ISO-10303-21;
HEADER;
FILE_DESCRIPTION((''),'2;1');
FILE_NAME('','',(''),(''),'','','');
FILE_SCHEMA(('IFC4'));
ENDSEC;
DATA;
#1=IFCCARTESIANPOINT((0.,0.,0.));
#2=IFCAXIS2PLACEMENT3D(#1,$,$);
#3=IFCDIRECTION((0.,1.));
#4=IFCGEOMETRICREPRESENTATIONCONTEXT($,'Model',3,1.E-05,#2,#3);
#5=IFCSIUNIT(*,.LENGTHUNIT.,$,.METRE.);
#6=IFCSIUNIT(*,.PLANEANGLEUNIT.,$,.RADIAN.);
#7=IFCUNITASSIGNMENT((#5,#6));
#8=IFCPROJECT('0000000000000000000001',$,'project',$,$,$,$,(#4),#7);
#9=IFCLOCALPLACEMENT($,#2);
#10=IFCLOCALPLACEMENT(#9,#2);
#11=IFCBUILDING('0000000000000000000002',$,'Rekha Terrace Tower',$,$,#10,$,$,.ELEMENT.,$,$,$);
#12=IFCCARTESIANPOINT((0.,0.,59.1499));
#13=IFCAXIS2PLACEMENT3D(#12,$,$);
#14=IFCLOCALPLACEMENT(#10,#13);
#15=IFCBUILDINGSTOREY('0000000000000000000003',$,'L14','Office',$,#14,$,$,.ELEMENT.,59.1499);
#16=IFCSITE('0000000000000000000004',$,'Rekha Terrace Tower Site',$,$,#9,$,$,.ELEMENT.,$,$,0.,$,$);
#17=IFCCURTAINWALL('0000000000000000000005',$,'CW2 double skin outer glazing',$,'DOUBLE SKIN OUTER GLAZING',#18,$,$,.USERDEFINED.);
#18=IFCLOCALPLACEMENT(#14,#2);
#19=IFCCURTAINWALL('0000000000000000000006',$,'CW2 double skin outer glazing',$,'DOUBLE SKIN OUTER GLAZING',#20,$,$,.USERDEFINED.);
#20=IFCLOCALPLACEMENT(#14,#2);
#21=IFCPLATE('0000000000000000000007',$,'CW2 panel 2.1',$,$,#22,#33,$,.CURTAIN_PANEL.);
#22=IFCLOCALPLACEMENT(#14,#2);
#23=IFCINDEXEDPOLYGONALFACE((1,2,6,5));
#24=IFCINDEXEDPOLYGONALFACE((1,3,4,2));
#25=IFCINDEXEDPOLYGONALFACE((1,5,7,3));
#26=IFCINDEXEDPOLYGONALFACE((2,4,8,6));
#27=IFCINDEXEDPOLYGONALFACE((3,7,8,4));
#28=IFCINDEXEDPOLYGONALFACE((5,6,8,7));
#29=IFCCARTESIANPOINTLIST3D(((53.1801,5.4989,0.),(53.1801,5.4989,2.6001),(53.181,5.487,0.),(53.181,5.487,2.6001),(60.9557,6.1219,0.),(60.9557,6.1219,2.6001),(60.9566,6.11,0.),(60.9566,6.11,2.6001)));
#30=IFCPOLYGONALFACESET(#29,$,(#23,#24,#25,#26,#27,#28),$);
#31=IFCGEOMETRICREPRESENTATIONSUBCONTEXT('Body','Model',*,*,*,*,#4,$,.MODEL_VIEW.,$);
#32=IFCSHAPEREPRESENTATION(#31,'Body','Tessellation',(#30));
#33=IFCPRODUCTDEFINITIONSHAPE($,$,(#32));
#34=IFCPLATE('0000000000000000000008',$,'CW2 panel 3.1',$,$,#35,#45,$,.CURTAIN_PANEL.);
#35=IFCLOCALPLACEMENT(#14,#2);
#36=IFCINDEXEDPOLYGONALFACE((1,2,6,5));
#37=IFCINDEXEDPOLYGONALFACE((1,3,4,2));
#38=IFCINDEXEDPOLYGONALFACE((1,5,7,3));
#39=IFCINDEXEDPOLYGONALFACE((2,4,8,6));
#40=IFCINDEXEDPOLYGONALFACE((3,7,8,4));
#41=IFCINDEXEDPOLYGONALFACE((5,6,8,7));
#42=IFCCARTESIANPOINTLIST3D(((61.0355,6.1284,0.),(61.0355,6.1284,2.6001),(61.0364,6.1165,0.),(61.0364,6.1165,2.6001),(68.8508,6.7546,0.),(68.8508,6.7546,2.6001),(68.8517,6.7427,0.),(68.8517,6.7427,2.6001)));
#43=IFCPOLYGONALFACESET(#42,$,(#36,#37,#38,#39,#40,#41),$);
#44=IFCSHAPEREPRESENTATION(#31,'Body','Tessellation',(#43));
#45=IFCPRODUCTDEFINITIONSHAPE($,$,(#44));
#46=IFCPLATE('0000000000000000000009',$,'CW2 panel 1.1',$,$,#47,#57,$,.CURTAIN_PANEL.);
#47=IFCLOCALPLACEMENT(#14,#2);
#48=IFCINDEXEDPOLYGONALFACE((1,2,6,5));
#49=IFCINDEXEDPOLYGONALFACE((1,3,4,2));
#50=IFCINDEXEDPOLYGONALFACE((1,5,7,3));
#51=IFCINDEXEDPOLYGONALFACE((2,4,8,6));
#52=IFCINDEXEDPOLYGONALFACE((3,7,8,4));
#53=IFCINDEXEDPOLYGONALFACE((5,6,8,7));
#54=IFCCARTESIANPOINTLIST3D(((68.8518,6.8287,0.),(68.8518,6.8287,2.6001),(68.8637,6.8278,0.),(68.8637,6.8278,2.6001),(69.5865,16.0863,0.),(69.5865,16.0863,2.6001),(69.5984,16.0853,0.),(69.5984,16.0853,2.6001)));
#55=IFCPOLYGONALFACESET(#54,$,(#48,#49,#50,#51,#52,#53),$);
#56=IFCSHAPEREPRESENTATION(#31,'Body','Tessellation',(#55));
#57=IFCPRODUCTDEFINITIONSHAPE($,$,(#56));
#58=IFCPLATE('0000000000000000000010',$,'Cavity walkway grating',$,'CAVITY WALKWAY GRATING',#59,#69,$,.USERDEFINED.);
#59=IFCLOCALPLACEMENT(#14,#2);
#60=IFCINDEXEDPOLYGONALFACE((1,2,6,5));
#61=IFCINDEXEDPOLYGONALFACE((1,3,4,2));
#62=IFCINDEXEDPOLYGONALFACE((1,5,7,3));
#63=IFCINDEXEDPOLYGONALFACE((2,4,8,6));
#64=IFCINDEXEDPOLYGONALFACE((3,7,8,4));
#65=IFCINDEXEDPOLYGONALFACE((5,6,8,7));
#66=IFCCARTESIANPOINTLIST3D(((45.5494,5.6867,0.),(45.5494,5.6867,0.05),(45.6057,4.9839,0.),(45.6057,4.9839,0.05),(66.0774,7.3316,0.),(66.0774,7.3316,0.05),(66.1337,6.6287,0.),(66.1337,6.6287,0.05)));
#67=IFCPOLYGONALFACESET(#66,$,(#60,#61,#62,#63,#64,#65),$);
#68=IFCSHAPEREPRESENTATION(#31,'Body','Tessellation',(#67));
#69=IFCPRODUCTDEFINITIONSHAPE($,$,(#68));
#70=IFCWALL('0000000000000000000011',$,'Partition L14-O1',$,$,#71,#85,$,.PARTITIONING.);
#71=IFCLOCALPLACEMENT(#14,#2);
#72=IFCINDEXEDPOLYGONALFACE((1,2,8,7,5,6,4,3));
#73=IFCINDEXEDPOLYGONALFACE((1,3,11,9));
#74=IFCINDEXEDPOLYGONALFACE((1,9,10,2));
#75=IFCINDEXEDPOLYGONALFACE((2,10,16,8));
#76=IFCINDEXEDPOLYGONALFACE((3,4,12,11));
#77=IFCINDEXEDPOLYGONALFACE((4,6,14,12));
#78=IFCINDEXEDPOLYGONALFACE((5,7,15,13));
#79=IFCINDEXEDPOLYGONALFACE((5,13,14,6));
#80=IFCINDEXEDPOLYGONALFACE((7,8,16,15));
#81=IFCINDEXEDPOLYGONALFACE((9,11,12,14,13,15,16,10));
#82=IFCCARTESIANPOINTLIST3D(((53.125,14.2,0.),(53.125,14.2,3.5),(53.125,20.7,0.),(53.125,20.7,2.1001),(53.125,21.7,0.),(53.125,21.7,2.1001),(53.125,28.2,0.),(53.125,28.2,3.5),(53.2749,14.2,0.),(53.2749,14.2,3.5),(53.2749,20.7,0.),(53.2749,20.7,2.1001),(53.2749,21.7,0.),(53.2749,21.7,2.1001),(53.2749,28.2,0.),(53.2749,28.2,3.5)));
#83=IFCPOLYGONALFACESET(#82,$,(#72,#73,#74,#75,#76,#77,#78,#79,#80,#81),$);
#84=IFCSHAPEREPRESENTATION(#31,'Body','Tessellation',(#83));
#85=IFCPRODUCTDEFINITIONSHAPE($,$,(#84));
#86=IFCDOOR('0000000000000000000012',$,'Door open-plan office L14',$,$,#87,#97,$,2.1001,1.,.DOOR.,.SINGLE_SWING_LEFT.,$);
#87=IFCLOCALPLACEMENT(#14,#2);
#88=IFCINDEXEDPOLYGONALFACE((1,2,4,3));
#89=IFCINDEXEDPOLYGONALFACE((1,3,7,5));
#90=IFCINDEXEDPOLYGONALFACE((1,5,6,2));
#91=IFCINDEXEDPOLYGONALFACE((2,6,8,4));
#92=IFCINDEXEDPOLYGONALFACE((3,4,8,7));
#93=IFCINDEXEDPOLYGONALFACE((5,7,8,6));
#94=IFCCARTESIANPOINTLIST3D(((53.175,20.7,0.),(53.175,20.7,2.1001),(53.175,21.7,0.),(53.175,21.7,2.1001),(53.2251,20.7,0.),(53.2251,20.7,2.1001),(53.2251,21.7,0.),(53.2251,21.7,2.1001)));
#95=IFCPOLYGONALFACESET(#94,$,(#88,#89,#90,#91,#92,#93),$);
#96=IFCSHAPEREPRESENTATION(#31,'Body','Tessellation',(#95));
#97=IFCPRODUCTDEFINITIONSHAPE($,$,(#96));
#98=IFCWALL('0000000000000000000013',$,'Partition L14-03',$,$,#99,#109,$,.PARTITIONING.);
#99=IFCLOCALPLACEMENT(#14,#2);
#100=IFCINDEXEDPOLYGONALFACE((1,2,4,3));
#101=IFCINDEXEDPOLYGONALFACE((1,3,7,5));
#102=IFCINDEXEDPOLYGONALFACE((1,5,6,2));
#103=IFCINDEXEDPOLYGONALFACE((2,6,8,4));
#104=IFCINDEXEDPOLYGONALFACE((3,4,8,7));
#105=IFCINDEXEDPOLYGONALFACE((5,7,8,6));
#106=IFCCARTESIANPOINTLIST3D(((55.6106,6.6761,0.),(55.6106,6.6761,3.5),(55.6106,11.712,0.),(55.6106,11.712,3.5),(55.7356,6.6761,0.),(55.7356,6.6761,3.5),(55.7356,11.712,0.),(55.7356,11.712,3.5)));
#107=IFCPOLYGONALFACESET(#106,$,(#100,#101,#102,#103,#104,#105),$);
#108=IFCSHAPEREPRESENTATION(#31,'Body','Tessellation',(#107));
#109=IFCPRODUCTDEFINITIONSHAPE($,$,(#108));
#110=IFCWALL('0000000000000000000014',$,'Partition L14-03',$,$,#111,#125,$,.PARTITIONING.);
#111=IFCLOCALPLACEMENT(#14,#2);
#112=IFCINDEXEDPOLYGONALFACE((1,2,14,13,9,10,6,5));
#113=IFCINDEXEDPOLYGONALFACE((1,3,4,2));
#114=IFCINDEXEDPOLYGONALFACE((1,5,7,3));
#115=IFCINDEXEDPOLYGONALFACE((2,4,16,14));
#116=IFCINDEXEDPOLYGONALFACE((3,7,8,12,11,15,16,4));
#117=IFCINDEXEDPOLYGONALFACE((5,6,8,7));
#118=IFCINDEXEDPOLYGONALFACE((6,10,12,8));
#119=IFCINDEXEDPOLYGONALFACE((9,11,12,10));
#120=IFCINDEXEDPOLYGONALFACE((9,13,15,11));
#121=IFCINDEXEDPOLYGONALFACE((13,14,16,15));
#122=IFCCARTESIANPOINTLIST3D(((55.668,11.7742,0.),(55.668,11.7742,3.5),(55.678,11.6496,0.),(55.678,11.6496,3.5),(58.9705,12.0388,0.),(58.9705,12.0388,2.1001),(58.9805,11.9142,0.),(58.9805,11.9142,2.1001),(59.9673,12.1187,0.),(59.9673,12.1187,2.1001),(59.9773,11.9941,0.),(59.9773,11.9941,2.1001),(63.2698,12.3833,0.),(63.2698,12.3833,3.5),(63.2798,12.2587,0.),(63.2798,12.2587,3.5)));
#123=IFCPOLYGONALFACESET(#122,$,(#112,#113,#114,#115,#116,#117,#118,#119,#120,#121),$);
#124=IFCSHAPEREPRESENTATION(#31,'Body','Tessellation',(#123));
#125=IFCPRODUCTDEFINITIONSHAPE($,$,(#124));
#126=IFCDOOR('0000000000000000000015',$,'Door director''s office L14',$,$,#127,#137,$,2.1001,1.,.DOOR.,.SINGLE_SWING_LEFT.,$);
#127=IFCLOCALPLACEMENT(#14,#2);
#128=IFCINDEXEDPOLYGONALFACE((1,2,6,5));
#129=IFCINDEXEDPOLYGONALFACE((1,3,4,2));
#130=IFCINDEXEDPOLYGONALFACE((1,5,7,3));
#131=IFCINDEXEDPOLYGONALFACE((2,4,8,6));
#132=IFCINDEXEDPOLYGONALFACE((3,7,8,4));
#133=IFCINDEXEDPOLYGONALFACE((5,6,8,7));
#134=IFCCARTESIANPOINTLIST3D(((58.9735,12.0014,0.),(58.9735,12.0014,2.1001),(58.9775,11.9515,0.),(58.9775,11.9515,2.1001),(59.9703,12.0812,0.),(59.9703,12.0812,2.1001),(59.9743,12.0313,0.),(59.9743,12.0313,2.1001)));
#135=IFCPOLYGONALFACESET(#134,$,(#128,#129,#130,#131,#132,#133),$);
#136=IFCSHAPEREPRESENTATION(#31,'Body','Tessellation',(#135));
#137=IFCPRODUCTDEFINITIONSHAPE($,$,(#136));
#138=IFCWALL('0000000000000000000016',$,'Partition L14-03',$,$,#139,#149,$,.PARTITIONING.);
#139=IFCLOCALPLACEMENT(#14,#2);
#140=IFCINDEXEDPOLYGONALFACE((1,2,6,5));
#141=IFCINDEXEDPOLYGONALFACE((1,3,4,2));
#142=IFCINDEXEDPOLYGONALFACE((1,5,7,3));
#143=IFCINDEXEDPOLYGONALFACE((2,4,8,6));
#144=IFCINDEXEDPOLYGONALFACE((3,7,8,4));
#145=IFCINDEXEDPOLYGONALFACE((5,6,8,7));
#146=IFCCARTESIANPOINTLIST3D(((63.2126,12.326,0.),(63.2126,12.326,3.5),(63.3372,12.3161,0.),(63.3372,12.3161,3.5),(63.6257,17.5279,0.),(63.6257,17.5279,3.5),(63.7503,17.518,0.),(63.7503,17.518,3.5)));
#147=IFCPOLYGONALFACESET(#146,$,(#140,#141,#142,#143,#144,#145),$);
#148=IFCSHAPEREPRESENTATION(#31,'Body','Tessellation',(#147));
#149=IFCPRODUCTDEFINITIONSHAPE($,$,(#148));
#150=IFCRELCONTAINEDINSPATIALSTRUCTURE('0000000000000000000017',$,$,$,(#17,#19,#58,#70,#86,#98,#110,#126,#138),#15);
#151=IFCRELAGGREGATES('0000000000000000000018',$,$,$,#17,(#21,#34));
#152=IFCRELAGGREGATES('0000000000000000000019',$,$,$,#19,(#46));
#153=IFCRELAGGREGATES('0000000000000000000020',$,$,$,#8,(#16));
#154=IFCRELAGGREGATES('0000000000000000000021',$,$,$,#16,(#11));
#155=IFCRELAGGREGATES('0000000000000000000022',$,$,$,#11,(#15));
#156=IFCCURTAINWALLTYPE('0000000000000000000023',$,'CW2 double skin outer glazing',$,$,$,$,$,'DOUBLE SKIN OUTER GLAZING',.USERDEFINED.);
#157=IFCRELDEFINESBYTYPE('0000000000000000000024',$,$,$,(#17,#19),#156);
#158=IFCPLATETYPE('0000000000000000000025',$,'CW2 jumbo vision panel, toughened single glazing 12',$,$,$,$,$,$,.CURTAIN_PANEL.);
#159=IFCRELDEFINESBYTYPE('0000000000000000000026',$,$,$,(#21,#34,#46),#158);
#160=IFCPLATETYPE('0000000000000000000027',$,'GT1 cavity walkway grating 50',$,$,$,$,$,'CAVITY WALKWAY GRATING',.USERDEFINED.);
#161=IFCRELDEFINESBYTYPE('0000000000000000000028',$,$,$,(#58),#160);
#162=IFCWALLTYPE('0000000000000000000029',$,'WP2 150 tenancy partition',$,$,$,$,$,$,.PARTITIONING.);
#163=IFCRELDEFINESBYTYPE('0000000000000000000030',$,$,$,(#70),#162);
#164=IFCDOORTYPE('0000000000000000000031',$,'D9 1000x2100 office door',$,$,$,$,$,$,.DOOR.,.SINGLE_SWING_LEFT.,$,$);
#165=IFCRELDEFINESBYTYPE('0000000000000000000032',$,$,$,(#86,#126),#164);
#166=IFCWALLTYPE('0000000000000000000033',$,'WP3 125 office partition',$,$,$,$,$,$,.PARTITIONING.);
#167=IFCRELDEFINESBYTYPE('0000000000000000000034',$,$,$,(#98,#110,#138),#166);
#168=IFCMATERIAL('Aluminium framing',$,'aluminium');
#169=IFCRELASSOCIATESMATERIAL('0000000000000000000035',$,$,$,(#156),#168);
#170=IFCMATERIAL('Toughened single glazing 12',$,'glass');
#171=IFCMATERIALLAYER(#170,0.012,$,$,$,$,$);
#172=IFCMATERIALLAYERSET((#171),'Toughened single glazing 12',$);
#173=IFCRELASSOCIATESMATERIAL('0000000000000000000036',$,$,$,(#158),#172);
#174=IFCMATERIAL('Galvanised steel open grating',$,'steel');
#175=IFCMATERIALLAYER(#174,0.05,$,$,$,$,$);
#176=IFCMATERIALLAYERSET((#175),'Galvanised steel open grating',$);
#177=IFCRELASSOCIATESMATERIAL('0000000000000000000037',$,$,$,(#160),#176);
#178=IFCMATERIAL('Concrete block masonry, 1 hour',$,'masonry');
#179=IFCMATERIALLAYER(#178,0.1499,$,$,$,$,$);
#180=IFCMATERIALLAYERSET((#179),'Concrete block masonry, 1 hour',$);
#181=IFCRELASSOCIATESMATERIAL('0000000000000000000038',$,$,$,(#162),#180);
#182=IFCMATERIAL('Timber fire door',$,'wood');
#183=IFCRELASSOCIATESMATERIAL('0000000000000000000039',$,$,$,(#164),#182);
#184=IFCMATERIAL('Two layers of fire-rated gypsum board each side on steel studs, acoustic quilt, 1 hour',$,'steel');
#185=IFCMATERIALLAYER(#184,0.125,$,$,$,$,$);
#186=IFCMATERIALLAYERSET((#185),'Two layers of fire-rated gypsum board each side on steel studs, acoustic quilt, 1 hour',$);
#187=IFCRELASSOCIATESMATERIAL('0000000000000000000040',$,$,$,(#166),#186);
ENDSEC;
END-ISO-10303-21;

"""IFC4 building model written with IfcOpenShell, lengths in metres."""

from ifc_helpers import new_model, si_unit, direction, frame, frame_2d, origin, origin_2d, place, context, subcontext, project, spatial, rectangle, extrude, material, layer, layer_set, type_object, element, fill, aggregate, save


model = new_model("IFC4")

# Units and contexts
model_context = context("Model", 3, precision=1e-05, world=origin(), true_north=direction((0.0, 1.0)))
body_context = subcontext(model_context, "Body", "Model", "MODEL_VIEW")
ifc_project = project(units=[si_unit("LENGTHUNIT", "METRE"), si_unit("PLANEANGLEUNIT", "RADIAN")], contexts=[model_context])

# Site, building, storey
site_placement = place(None, origin())
site = spatial("IfcSite", under=ifc_project, at=site_placement, Name="Rekha Terrace Tower Site", CompositionType="ELEMENT", RefElevation=0.0)
building_placement = place(site_placement, origin())
building = spatial("IfcBuilding", under=site, at=building_placement, Name="Rekha Terrace Tower", CompositionType="ELEMENT")
storey_placement = place(building_placement, frame((0.0, 0.0, 59.1499)))
storey = spatial("IfcBuildingStorey", under=building, at=storey_placement, Name="L14", Description="Office", CompositionType="ELEMENT", Elevation=59.1499)

# Curtain wall
ifc_material_1 = material(Name="Aluminium framing", Category="aluminium")
curtain_wall_type_1 = type_object("IfcCurtainWallType", Name="CW2 double skin outer glazing", ElementType="DOUBLE SKIN OUTER GLAZING", PredefinedType="USERDEFINED", material=ifc_material_1)
curtain_wall_1_placement = place(storey_placement, origin())
curtain_wall_1 = element("IfcCurtainWall", 1, at=curtain_wall_1_placement, inside=storey, type_object=curtain_wall_type_1, Name="CW2 double skin outer glazing", ObjectType="DOUBLE SKIN OUTER GLAZING", PredefinedType="USERDEFINED")

# Curtain wall
curtain_wall_2_placement = place(storey_placement, origin())
curtain_wall_2 = element("IfcCurtainWall", 2, at=curtain_wall_2_placement, inside=storey, type_object=curtain_wall_type_1, Name="CW2 double skin outer glazing", ObjectType="DOUBLE SKIN OUTER GLAZING", PredefinedType="USERDEFINED")

# Plates
ifc_material_2 = material(Name="Toughened single glazing 12", Category="glass")
ifc_layer_1 = layer(ifc_material_2, 0.012)
ifc_layer_set_1 = layer_set([ifc_layer_1], Name="Toughened single glazing 12")
plate_type_1 = type_object("IfcPlateType", Name="CW2 jumbo vision panel, toughened single glazing 12", PredefinedType="CURTAIN_PANEL", material=ifc_layer_set_1)
plate_1_placement = place(storey_placement, frame((57.0684, 5.8044, 0.0), z_axis=(0.0, 0.0, 1.0), x_axis=(0.996805, 0.079872, 0.0)))
plate_1 = element("IfcPlate", 3, at=plate_1_placement, type_object=plate_type_1, Name="CW2 panel 2.1", PredefinedType="CURTAIN_PANEL", context=body_context, shape_type="SweptSolid", body=[
    extrude(rectangle(XDim=7.8005, YDim=0.012, at=origin_2d()), origin(), (0.0, 0.0, 1.0), 2.6001),
])
plate_2_placement = place(storey_placement, frame((64.9436, 6.4355, 0.0), z_axis=(0.0, 0.0, 1.0), x_axis=(0.996805, 0.079872, 0.0)))
plate_2 = element("IfcPlate", 4, at=plate_2_placement, type_object=plate_type_1, Name="CW2 panel 3.1", PredefinedType="CURTAIN_PANEL", context=body_context, shape_type="SweptSolid", body=[
    extrude(rectangle(XDim=7.8403, YDim=0.012, at=origin_2d()), origin(), (0.0, 0.0, 1.0), 2.6001),
])
aggregate(curtain_wall_1, [plate_1, plate_2])
plate_3_placement = place(storey_placement, frame((69.2251, 11.457, 0.0), z_axis=(0.0, 0.0, 1.0), x_axis=(0.079116, 0.996865, 0.0)))
plate_3 = element("IfcPlate", 5, at=plate_3_placement, type_object=plate_type_1, Name="CW2 panel 1.1", PredefinedType="CURTAIN_PANEL", context=body_context, shape_type="SweptSolid", body=[
    extrude(rectangle(XDim=9.2866, YDim=0.012, at=origin_2d()), origin(), (0.0, 0.0, 1.0), 2.6001),
])
aggregate(curtain_wall_2, [plate_3])
ifc_material_3 = material(Name="Galvanised steel open grating", Category="steel")
ifc_layer_2 = layer(ifc_material_3, 0.05)
ifc_layer_set_2 = layer_set([ifc_layer_2], Name="Galvanised steel open grating")
plate_type_2 = type_object("IfcPlateType", Name="GT1 cavity walkway grating 50", ElementType="CAVITY WALKWAY GRATING", PredefinedType="USERDEFINED", material=ifc_layer_set_2)
plate_4_placement = place(storey_placement, frame((55.8416, 6.1577, 0.0), z_axis=(0.0, 0.0, 1.0), x_axis=(0.996805, 0.079872, 0.0)))
element("IfcPlate", 6, at=plate_4_placement, inside=storey, type_object=plate_type_2, Name="Cavity walkway grating", ObjectType="CAVITY WALKWAY GRATING", PredefinedType="USERDEFINED", context=body_context, shape_type="SweptSolid", body=[
    extrude(rectangle(XDim=20.5938, YDim=0.7051, at=origin_2d()), origin(), (0.0, 0.0, 1.0), 0.05),
])

# Wall, opening, door
ifc_material_4 = material(Name="Concrete block masonry, 1 hour", Category="masonry")
ifc_layer_3 = layer(ifc_material_4, 0.1499)
ifc_layer_set_3 = layer_set([ifc_layer_3], Name="Concrete block masonry, 1 hour")
wall_type_1 = type_object("IfcWallType", Name="WP2 150 tenancy partition", PredefinedType="PARTITIONING", material=ifc_layer_set_3)
wall_1_placement = place(storey_placement, frame((53.2, 14.2, 0.0), z_axis=(0.0, 0.0, 1.0), x_axis=(0.0, 1.0, 0.0)))
wall_1 = element("IfcWall", 7, at=wall_1_placement, inside=storey, type_object=wall_type_1, Name="Partition L14-O1", PredefinedType="PARTITIONING", context=body_context, shape_type="SweptSolid", body=[
    extrude(rectangle(XDim=14.0, YDim=0.1499, at=frame_2d((7.0, 0.0))), origin(), (0.0, 0.0, 1.0), 3.5),
])
opening_1_placement = place(wall_1_placement, frame((6.5, 0.0, 0.0)))
opening_1 = element("IfcOpeningElement", 8, at=opening_1_placement, cuts=wall_1, PredefinedType="OPENING", context=body_context, shape_type="SweptSolid", body=[
    extrude(rectangle(XDim=1.0, YDim=2.1001, at=frame_2d((0.5, 1.05))), frame((0.0, 0.085, 0.0), z_axis=(0.0, -1.0, 0.0), x_axis=(1.0, 0.0, 0.0)), (0.0, 0.0, 1.0), 0.1699),
])
ifc_material_5 = material(Name="Timber fire door", Category="wood")
door_type = type_object("IfcDoorType", Name="D9 1000x2100 office door", OperationType="SINGLE_SWING_LEFT", PredefinedType="DOOR", material=ifc_material_5)
door_1_placement = place(opening_1_placement, origin())
door_1 = element("IfcDoor", 9, at=door_1_placement, inside=storey, type_object=door_type, Name="Door open-plan office L14", OperationType="SINGLE_SWING_LEFT", OverallHeight=2.1001, OverallWidth=1.0, PredefinedType="DOOR", context=body_context, shape_type="SweptSolid", body=[
    extrude(rectangle(XDim=1.0, YDim=2.1001, at=frame_2d((0.5, 1.05))), frame((0.0, 0.0249, 0.0), z_axis=(0.0, -1.0, 0.0), x_axis=(1.0, 0.0, 0.0)), (0.0, 0.0, 1.0), 0.05),
])
fill(opening_1, door_1)

# Wall
ifc_material_6 = material(Name="Two layers of fire-rated gypsum board each side on steel studs, acoustic quilt, 1 hour", Category="steel")
ifc_layer_4 = layer(ifc_material_6, 0.125)
ifc_layer_set_4 = layer_set([ifc_layer_4], Name="Two layers of fire-rated gypsum board each side on steel studs, acoustic quilt, 1 hour")
wall_type_2 = type_object("IfcWallType", Name="WP3 125 office partition", PredefinedType="PARTITIONING", material=ifc_layer_set_4)
wall_2_placement = place(storey_placement, frame((55.6731, 6.676, 0.0), z_axis=(0.0, 0.0, 1.0), x_axis=(0.0, 1.0, 0.0)))
element("IfcWall", 10, at=wall_2_placement, inside=storey, type_object=wall_type_2, Name="Partition L14-03", PredefinedType="PARTITIONING", context=body_context, shape_type="SweptSolid", body=[
    extrude(rectangle(XDim=5.0359, YDim=0.125, at=frame_2d((2.5181, 0.0))), origin(), (0.0, 0.0, 1.0), 3.5),
])

# Wall, opening, door
wall_3_placement = place(storey_placement, frame((55.6731, 11.7119, 0.0), z_axis=(0.0, 0.0, 1.0), x_axis=(0.996805, 0.079874, 0.0)))
wall_3 = element("IfcWall", 11, at=wall_3_placement, inside=storey, type_object=wall_type_2, Name="Partition L14-03", PredefinedType="PARTITIONING", context=body_context, shape_type="SweptSolid", body=[
    extrude(rectangle(XDim=7.6262, YDim=0.125, at=frame_2d((3.813, 0.0))), origin(), (0.0, 0.0, 1.0), 3.5),
])
opening_2_placement = place(wall_3_placement, frame((3.313, 0.0, 0.0)))
opening_2 = element("IfcOpeningElement", 12, at=opening_2_placement, cuts=wall_3, PredefinedType="OPENING", context=body_context, shape_type="SweptSolid", body=[
    extrude(rectangle(XDim=1.0, YDim=2.1001, at=frame_2d((0.5, 1.05))), frame((0.0, 0.0725, 0.0), z_axis=(0.0, -1.0, 0.0), x_axis=(1.0, 0.0, 0.0)), (0.0, 0.0, 1.0), 0.145),
])
door_2_placement = place(opening_2_placement, origin())
door_2 = element("IfcDoor", 13, at=door_2_placement, inside=storey, type_object=door_type, Name="Door director's office L14", OperationType="SINGLE_SWING_LEFT", OverallHeight=2.1001, OverallWidth=1.0, PredefinedType="DOOR", context=body_context, shape_type="SweptSolid", body=[
    extrude(rectangle(XDim=1.0, YDim=2.1001, at=frame_2d((0.5, 1.05))), frame((0.0, 0.0249, 0.0), z_axis=(0.0, -1.0, 0.0), x_axis=(1.0, 0.0, 0.0)), (0.0, 0.0, 1.0), 0.05),
])
fill(opening_2, door_2)

# Wall
wall_4_placement = place(storey_placement, frame((63.2749, 12.321, 0.0), z_axis=(0.0, 0.0, 1.0), x_axis=(0.079161, 0.996862, 0.0)))
element("IfcWall", 14, at=wall_4_placement, inside=storey, type_object=wall_type_2, Name="Partition L14-03", PredefinedType="PARTITIONING", context=body_context, shape_type="SweptSolid", body=[
    extrude(rectangle(XDim=5.2183, YDim=0.125, at=frame_2d((2.6091, 0.0))), origin(), (0.0, 0.0, 1.0), 3.5),
])

save(model, "model.ifc")
